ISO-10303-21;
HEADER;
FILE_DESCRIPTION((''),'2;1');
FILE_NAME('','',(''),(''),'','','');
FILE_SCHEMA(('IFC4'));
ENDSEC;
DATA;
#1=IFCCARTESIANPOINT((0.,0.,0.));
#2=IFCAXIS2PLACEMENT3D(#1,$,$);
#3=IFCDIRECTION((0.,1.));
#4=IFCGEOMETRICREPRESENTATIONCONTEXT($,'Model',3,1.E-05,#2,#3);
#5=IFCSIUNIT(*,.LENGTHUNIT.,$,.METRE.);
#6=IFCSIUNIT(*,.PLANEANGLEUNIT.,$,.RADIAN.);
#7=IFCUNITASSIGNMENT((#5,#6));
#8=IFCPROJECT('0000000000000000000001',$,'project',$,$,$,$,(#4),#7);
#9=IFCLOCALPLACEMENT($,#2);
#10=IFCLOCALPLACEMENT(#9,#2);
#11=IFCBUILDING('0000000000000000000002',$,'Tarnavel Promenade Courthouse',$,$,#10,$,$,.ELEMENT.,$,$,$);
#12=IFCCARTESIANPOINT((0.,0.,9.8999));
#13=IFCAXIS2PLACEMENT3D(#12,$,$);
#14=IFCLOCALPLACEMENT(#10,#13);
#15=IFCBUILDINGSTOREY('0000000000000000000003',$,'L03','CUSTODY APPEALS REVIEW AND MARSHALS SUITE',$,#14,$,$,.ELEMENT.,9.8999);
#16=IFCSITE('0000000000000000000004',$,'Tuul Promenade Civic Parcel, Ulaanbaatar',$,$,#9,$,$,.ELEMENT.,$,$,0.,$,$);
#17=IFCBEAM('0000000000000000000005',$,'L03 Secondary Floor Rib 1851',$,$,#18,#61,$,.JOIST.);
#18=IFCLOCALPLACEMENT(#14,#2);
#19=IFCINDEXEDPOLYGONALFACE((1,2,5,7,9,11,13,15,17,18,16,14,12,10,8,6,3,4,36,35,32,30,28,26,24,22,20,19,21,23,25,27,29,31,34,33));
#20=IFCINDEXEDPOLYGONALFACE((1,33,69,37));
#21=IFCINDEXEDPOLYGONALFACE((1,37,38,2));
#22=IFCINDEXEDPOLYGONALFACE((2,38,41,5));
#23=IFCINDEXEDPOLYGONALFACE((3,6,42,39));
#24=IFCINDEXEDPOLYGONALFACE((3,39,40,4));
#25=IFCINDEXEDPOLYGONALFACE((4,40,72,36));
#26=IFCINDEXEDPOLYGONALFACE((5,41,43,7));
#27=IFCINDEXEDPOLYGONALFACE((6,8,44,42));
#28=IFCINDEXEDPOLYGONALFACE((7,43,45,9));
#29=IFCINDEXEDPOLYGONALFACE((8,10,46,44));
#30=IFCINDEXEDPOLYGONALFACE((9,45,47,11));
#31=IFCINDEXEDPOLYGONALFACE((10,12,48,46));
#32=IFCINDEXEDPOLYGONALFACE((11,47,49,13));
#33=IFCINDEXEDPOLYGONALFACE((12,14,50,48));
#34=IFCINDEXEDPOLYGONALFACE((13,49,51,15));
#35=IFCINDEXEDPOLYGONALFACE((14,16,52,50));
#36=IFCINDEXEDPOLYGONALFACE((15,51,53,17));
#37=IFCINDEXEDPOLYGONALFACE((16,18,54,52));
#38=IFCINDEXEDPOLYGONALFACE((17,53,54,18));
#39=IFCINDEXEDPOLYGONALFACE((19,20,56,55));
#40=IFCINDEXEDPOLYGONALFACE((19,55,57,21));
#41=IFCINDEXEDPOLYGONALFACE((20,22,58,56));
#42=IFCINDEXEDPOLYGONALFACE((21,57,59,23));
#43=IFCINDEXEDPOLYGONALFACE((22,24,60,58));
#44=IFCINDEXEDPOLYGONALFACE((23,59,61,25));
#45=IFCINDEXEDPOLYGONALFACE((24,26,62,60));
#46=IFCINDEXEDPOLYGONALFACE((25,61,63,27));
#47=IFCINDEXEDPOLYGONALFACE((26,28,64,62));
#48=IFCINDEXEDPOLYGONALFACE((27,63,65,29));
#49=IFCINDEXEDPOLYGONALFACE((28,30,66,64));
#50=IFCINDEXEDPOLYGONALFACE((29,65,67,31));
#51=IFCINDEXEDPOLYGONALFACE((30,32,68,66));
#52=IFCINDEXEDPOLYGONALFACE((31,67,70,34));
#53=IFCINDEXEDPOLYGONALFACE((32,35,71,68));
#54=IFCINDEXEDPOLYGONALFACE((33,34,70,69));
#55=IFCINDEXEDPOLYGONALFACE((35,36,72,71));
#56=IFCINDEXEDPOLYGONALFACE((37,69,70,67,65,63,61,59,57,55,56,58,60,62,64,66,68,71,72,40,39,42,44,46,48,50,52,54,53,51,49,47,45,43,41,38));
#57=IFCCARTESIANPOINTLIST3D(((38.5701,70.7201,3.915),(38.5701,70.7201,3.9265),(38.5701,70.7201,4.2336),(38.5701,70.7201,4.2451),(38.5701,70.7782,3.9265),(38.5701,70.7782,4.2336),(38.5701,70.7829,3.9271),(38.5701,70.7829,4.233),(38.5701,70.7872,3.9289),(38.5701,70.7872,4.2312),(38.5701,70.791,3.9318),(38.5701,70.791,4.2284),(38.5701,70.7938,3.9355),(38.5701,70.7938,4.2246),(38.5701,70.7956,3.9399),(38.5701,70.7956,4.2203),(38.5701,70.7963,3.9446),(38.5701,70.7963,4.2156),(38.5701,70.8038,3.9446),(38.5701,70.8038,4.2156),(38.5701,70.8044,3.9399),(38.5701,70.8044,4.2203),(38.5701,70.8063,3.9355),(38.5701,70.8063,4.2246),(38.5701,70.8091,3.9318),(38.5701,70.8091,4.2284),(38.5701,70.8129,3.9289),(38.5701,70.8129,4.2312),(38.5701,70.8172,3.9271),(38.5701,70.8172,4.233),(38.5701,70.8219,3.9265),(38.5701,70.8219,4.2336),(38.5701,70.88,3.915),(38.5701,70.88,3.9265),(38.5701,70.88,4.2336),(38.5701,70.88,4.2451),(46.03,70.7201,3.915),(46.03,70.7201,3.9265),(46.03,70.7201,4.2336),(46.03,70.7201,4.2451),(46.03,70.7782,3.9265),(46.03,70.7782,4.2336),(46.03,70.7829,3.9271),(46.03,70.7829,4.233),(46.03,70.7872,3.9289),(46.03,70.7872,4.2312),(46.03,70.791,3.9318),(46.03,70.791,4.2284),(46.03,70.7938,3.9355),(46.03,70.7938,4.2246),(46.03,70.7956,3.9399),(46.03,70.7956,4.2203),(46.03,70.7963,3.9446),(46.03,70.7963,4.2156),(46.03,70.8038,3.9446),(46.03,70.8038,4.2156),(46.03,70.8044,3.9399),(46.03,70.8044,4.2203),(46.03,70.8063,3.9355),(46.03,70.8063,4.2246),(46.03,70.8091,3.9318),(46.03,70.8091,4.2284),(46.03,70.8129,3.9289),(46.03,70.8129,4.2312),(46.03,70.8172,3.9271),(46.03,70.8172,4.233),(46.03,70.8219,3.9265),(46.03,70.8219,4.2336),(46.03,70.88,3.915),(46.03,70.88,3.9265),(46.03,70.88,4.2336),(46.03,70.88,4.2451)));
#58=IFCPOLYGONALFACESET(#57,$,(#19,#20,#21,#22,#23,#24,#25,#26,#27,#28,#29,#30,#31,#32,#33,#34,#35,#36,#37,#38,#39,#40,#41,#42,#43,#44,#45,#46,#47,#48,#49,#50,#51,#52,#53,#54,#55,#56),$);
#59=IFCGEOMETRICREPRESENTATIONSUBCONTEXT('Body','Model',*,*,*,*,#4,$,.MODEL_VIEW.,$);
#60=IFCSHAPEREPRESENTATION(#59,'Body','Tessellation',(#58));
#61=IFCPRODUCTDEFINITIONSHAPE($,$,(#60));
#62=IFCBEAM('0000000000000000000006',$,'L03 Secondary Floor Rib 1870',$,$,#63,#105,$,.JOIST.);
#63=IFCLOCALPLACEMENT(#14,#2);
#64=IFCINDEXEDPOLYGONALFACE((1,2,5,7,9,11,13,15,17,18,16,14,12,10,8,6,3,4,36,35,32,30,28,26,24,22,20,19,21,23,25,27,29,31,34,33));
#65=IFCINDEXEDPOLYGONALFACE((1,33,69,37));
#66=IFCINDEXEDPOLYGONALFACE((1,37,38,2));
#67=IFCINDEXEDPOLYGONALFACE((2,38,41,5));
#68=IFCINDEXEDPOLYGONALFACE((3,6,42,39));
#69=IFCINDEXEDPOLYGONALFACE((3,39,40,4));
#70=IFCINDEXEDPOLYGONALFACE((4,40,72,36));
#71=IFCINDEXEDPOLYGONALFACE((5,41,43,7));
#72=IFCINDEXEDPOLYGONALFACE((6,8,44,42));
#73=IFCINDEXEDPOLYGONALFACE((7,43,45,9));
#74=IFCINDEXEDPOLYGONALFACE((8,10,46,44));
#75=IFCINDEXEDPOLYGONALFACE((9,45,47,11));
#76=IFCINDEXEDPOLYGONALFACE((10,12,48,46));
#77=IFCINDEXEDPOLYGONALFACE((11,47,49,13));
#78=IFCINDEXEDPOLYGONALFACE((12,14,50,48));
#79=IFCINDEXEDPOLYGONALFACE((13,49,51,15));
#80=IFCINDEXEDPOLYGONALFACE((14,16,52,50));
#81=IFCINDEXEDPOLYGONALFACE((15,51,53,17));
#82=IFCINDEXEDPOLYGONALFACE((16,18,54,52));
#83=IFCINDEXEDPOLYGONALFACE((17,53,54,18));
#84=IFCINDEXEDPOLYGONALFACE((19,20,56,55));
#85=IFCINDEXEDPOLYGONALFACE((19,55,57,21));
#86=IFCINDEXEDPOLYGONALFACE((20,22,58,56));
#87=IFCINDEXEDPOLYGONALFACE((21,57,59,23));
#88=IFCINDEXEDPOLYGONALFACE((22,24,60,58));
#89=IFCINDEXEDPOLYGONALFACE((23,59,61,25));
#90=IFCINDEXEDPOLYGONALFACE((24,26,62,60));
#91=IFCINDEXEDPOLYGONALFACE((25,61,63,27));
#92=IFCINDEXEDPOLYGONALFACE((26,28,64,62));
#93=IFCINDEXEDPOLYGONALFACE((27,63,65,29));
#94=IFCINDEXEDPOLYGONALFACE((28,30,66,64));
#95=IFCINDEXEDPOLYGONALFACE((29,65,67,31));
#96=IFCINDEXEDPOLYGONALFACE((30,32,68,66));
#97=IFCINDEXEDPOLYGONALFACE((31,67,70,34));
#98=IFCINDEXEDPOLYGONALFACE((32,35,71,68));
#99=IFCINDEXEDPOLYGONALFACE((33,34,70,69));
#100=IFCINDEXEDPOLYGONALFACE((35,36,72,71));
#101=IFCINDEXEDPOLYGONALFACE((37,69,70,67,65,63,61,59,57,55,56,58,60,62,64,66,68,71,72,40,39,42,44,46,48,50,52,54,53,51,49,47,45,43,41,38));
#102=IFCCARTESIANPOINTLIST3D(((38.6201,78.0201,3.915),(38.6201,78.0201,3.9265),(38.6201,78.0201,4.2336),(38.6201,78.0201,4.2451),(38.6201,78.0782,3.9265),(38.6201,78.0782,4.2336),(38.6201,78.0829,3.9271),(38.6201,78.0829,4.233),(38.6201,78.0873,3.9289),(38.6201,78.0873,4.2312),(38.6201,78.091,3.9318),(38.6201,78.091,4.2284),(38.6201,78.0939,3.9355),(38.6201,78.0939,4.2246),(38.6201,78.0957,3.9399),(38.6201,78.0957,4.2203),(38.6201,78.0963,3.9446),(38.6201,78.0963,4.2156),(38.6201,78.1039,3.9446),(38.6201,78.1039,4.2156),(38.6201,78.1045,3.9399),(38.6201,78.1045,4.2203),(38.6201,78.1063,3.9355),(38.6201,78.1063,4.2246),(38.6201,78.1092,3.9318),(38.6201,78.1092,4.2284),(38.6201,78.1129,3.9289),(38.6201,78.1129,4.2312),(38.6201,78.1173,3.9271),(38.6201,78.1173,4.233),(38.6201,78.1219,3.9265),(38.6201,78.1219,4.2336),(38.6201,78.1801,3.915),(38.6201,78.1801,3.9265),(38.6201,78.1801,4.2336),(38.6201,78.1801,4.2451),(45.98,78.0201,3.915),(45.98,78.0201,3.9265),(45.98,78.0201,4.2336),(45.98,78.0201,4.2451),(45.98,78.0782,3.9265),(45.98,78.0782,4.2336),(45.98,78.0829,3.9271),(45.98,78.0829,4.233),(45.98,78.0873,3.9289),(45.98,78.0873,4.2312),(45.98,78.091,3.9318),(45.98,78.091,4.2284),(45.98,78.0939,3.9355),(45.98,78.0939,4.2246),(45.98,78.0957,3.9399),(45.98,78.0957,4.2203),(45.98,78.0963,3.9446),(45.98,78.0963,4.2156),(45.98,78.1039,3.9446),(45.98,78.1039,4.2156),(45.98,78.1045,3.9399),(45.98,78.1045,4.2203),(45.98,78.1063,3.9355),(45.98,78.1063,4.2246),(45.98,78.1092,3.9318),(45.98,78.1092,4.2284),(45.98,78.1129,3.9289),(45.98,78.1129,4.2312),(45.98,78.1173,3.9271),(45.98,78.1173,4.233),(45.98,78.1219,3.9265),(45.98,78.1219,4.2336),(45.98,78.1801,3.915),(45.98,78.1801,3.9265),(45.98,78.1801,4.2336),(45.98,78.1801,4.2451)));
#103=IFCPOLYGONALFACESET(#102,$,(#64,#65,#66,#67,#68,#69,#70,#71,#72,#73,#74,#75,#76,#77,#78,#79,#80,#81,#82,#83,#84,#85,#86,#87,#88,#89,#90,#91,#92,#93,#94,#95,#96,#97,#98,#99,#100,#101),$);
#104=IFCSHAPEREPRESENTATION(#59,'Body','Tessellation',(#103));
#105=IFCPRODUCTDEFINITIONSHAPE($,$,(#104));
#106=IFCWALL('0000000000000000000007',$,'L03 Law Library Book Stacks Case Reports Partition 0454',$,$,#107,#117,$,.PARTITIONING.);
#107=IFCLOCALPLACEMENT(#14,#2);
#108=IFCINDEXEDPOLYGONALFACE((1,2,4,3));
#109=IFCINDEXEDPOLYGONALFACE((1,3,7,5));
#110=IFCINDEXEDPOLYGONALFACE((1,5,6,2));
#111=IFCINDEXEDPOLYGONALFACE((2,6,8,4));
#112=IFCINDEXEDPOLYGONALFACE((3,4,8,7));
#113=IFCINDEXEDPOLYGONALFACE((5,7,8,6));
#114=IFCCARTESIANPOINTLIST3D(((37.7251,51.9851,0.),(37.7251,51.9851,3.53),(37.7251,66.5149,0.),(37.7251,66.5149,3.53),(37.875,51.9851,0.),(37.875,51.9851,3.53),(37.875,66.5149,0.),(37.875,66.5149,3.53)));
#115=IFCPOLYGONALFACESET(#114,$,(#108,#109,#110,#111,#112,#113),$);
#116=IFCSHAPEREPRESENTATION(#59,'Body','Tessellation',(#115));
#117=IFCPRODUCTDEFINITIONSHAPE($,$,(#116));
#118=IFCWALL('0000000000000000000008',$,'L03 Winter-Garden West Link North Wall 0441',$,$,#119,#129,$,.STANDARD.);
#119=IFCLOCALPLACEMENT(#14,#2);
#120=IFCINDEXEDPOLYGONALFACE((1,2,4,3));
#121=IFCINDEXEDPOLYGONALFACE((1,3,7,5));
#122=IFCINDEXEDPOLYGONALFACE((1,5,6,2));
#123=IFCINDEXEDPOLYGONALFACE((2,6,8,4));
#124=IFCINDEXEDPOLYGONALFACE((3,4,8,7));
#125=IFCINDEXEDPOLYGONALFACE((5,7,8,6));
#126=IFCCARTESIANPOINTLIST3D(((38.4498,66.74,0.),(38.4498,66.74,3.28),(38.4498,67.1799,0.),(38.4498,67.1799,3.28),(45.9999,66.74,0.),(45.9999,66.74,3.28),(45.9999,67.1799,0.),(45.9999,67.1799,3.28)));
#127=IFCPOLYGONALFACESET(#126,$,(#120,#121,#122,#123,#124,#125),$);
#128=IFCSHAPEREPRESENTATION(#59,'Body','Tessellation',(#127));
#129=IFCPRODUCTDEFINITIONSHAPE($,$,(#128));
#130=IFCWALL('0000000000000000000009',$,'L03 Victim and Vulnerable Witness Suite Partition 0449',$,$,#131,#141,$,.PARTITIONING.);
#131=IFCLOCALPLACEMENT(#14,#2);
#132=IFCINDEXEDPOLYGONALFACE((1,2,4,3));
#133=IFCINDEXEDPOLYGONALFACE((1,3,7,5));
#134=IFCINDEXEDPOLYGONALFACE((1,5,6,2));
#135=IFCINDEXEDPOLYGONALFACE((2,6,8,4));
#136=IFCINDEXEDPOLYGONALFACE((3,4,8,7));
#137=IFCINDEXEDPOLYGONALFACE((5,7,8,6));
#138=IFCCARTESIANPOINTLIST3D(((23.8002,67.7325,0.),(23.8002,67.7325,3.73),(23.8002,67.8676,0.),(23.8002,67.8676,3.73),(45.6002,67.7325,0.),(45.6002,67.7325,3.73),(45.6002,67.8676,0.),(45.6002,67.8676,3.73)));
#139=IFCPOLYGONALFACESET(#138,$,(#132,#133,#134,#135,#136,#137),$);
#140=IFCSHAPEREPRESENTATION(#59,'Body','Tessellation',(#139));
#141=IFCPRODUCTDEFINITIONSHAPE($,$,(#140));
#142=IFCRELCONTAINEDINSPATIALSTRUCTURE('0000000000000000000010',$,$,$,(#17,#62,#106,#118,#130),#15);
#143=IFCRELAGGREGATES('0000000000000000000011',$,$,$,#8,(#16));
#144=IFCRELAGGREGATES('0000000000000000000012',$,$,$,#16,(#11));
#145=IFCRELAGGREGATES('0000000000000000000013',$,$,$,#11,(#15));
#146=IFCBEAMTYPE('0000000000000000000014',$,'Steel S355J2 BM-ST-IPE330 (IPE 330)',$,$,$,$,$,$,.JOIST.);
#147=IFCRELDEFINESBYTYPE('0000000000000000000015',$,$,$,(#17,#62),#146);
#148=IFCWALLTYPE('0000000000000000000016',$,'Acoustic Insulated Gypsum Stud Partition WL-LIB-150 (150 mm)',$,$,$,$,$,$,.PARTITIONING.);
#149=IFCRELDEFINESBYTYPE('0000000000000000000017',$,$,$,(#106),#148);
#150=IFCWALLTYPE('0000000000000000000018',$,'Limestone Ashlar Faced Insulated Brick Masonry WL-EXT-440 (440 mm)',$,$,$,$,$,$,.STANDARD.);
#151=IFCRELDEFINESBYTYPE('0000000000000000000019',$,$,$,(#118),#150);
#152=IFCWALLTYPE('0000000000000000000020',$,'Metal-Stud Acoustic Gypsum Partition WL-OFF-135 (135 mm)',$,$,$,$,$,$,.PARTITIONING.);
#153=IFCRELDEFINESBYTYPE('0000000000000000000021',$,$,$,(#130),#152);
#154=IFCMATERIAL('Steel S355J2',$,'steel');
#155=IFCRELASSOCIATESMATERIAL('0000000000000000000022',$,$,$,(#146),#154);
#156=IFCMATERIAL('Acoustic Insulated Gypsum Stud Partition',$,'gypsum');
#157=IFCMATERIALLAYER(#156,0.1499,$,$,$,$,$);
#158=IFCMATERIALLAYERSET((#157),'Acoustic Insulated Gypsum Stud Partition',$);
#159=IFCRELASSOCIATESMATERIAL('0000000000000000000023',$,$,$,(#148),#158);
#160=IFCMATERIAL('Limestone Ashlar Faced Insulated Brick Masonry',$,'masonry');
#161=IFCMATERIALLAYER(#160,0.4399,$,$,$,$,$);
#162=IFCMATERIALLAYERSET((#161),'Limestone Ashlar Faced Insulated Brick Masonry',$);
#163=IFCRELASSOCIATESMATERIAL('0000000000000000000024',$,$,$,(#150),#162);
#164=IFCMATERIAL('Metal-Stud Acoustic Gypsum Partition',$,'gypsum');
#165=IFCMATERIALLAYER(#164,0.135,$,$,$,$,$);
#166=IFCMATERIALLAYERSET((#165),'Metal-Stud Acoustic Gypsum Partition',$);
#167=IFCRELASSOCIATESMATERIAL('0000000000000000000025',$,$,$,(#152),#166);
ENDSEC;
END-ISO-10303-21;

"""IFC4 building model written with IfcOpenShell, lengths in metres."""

from ifc_helpers import new_model, si_unit, direction, frame, frame_2d, origin, origin_2d, place, context, subcontext, project, spatial, rectangle, i_section, extrude, material, layer, layer_set, material_profile, profile_set, type_object, element, save


model = new_model("IFC4")

# Units and contexts
model_context = context("Model", 3, precision=1e-05, world=origin(), true_north=direction((0.0, 1.0)))
body_context = subcontext(model_context, "Body", "Model", "MODEL_VIEW")
ifc_project = project(units=[si_unit("LENGTHUNIT", "METRE"), si_unit("PLANEANGLEUNIT", "RADIAN")], contexts=[model_context])

# Site, building, storey
site_placement = place(None, origin())
site = spatial("IfcSite", under=ifc_project, at=site_placement, Name="Tuul Promenade Civic Parcel, Ulaanbaatar", CompositionType="ELEMENT", RefElevation=0.0)
building_placement = place(site_placement, origin())
building = spatial("IfcBuilding", under=site, at=building_placement, Name="Tarnavel Promenade Courthouse", CompositionType="ELEMENT")
storey_placement = place(building_placement, frame((0.0, 0.0, 9.8999)))
storey = spatial("IfcBuildingStorey", under=building, at=storey_placement, Name="L03", Description="CUSTODY APPEALS REVIEW AND MARSHALS SUITE", CompositionType="ELEMENT", Elevation=9.8999)

# Beams
ifc_material_1 = material(Name="Steel S355J2", Category="steel")
ifc_material_profile_1 = material_profile(ifc_material_1, i_section(OverallWidth=0.1599, OverallDepth=0.3301, WebThickness=0.0076, FlangeThickness=0.0115, FilletRadius=0.0181, at=origin_2d()), Name="IPE 330")
ifc_profile_set_1 = profile_set([ifc_material_profile_1], Name="Steel S355J2")
beam_type_1 = type_object("IfcBeamType", Name="Steel S355J2 BM-ST-IPE330 (IPE 330)", PredefinedType="JOIST", material=ifc_profile_set_1)
beam_1_placement = place(storey_placement, frame((38.5701, 70.8, 4.0801), z_axis=(1.0, 0.0, 0.0), x_axis=(0.0, 1.0, 0.0)))
element("IfcBeam", 1, at=beam_1_placement, inside=storey, type_object=beam_type_1, Name="L03 Secondary Floor Rib 1851", PredefinedType="JOIST", context=body_context, shape_type="SweptSolid", body=[
    extrude(i_section(OverallWidth=0.1599, OverallDepth=0.3301, WebThickness=0.0076, FlangeThickness=0.0115, FilletRadius=0.0181, at=origin_2d()), origin(), (0.0, 0.0, 1.0), 7.46),
])
beam_2_placement = place(storey_placement, frame((38.6201, 78.1001, 4.0801), z_axis=(1.0, 0.0, 0.0), x_axis=(0.0, 1.0, 0.0)))
element("IfcBeam", 2, at=beam_2_placement, inside=storey, type_object=beam_type_1, Name="L03 Secondary Floor Rib 1870", PredefinedType="JOIST", context=body_context, shape_type="SweptSolid", body=[
    extrude(i_section(OverallWidth=0.1599, OverallDepth=0.3301, WebThickness=0.0076, FlangeThickness=0.0115, FilletRadius=0.0181, at=origin_2d()), origin(), (0.0, 0.0, 1.0), 7.3599),
])

# Walls
ifc_material_2 = material(Name="Acoustic Insulated Gypsum Stud Partition", Category="gypsum")
ifc_layer_1 = layer(ifc_material_2, 0.1499)
ifc_layer_set_1 = layer_set([ifc_layer_1], Name="Acoustic Insulated Gypsum Stud Partition")
wall_type_1 = type_object("IfcWallType", Name="Acoustic Insulated Gypsum Stud Partition WL-LIB-150 (150 mm)", PredefinedType="PARTITIONING", material=ifc_layer_set_1)
wall_1_placement = place(storey_placement, frame((37.8, 66.5149, 0.0), z_axis=(0.0, 0.0, 1.0), x_axis=(0.0, -1.0, 0.0)))
element("IfcWall", 3, at=wall_1_placement, inside=storey, type_object=wall_type_1, Name="L03 Law Library Book Stacks Case Reports Partition 0454", PredefinedType="PARTITIONING", context=body_context, shape_type="SweptSolid", body=[
    extrude(rectangle(XDim=14.5298, YDim=0.1499, at=frame_2d((7.2649, 0.0))), origin(), (0.0, 0.0, 1.0), 3.53),
])
ifc_material_3 = material(Name="Limestone Ashlar Faced Insulated Brick Masonry", Category="masonry")
ifc_layer_2 = layer(ifc_material_3, 0.4399)
ifc_layer_set_2 = layer_set([ifc_layer_2], Name="Limestone Ashlar Faced Insulated Brick Masonry")
wall_type_2 = type_object("IfcWallType", Name="Limestone Ashlar Faced Insulated Brick Masonry WL-EXT-440 (440 mm)", PredefinedType="STANDARD", material=ifc_layer_set_2)
wall_2_placement = place(storey_placement, frame((38.45, 66.96, 0.0), z_axis=(0.0, 0.0, 1.0), x_axis=(1.0, 0.0, 0.0)))
element("IfcWall", 4, at=wall_2_placement, inside=storey, type_object=wall_type_2, Name="L03 Winter-Garden West Link North Wall 0441", PredefinedType="STANDARD", context=body_context, shape_type="SweptSolid", body=[
    extrude(rectangle(XDim=7.55, YDim=0.4399, at=frame_2d((3.7749, 0.0))), origin(), (0.0, 0.0, 1.0), 3.28),
])
ifc_material_4 = material(Name="Metal-Stud Acoustic Gypsum Partition", Category="gypsum")
ifc_layer_3 = layer(ifc_material_4, 0.135)
ifc_layer_set_3 = layer_set([ifc_layer_3], Name="Metal-Stud Acoustic Gypsum Partition")
wall_type_3 = type_object("IfcWallType", Name="Metal-Stud Acoustic Gypsum Partition WL-OFF-135 (135 mm)", PredefinedType="PARTITIONING", material=ifc_layer_set_3)
wall_3_placement = place(storey_placement, frame((45.6001, 67.8, 0.0), z_axis=(0.0, 0.0, 1.0), x_axis=(-1.0, 0.0, 0.0)))
element("IfcWall", 5, at=wall_3_placement, inside=storey, type_object=wall_type_3, Name="L03 Victim and Vulnerable Witness Suite Partition 0449", PredefinedType="PARTITIONING", context=body_context, shape_type="SweptSolid", body=[
    extrude(rectangle(XDim=21.8, YDim=0.135, at=frame_2d((10.8999, 0.0))), origin(), (0.0, 0.0, 1.0), 3.73),
])

save(model, "model.ifc")
